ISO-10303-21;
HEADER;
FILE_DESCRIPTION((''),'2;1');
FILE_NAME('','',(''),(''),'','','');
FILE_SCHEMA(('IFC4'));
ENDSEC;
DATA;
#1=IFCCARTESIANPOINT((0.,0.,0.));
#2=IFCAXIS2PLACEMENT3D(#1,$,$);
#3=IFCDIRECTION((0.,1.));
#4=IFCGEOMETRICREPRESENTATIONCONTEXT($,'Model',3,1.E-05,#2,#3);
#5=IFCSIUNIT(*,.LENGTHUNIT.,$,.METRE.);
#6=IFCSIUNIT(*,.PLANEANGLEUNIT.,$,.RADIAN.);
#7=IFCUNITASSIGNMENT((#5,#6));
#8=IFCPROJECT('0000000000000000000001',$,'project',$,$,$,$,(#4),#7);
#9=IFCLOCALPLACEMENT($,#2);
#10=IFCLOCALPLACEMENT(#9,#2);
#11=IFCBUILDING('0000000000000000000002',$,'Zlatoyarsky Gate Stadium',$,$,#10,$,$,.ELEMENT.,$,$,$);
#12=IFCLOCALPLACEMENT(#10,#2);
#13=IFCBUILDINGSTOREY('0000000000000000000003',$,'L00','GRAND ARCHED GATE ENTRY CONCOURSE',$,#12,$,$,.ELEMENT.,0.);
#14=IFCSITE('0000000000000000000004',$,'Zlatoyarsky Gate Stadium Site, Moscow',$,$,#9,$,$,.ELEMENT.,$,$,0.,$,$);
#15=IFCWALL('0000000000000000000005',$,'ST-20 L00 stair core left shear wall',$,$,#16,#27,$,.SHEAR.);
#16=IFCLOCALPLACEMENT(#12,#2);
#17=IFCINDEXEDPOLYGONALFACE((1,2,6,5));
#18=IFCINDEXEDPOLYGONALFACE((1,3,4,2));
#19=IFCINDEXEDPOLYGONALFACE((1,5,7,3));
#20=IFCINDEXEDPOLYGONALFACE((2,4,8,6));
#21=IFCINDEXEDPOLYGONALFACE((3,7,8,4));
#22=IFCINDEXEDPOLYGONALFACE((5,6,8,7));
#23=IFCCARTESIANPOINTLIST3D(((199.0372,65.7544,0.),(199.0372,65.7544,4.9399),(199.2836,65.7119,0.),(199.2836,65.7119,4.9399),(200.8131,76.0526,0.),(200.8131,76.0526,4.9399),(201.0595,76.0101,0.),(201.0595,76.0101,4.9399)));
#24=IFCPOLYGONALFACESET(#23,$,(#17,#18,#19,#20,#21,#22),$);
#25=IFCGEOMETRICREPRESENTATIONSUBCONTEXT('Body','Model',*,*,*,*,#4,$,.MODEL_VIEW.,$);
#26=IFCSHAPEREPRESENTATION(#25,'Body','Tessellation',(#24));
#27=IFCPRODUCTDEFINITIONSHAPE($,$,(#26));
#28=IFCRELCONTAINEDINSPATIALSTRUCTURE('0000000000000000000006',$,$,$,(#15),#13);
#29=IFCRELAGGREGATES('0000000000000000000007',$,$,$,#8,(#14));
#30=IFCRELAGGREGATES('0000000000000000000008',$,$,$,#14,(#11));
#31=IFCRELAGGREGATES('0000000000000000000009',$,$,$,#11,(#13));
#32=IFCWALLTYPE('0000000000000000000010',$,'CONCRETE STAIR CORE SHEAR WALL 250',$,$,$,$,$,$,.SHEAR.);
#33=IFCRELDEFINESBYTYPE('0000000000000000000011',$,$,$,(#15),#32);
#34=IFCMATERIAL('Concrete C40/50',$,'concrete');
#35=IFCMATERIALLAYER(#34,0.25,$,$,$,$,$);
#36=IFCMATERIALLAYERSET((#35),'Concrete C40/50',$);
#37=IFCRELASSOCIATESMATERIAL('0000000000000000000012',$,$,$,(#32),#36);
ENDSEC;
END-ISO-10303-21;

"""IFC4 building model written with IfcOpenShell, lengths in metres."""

from ifc_helpers import new_model, si_unit, direction, frame, frame_2d, origin, place, context, subcontext, project, spatial, rectangle, extrude, material, layer, layer_set, type_object, element, save


model = new_model("IFC4")

# Units and contexts
model_context = context("Model", 3, precision=1e-05, world=origin(), true_north=direction((0.0, 1.0)))
body_context = subcontext(model_context, "Body", "Model", "MODEL_VIEW")
ifc_project = project(units=[si_unit("LENGTHUNIT", "METRE"), si_unit("PLANEANGLEUNIT", "RADIAN")], contexts=[model_context])

# Site, building, storey
site_placement = place(None, origin())
site = spatial("IfcSite", under=ifc_project, at=site_placement, Name="Zlatoyarsky Gate Stadium Site, Moscow", CompositionType="ELEMENT", RefElevation=0.0)
building_placement = place(site_placement, origin())
building = spatial("IfcBuilding", under=site, at=building_placement, Name="Zlatoyarsky Gate Stadium", CompositionType="ELEMENT")
storey_placement = place(building_placement, origin())
storey = spatial("IfcBuildingStorey", under=building, at=storey_placement, Name="L00", Description="GRAND ARCHED GATE ENTRY CONCOURSE", CompositionType="ELEMENT", Elevation=0.0)

# Shared definitions
ifc_material_1 = material(Name="Concrete C40/50", Category="concrete")

# Wall
ifc_layer_1 = layer(ifc_material_1, 0.25)
ifc_layer_set_1 = layer_set([ifc_layer_1], Name="Concrete C40/50")
wall_type_1 = type_object("IfcWallType", Name="CONCRETE STAIR CORE SHEAR WALL 250", PredefinedType="SHEAR", material=ifc_layer_set_1)
wall_1_placement = place(storey_placement, frame((199.1604, 65.7332, 0.0), z_axis=(0.0, 0.0, 1.0), x_axis=(0.169939, 0.985455, 0.0)))
element("IfcWall", 1, at=wall_1_placement, inside=storey, type_object=wall_type_1, Name="ST-20 L00 stair core left shear wall", PredefinedType="SHEAR", context=body_context, shape_type="SweptSolid", body=[
    extrude(rectangle(XDim=10.4502, YDim=0.25, at=frame_2d((5.2251, 0.0))), origin(), (0.0, 0.0, 1.0), 4.9399),
])

save(model, "model.ifc")
